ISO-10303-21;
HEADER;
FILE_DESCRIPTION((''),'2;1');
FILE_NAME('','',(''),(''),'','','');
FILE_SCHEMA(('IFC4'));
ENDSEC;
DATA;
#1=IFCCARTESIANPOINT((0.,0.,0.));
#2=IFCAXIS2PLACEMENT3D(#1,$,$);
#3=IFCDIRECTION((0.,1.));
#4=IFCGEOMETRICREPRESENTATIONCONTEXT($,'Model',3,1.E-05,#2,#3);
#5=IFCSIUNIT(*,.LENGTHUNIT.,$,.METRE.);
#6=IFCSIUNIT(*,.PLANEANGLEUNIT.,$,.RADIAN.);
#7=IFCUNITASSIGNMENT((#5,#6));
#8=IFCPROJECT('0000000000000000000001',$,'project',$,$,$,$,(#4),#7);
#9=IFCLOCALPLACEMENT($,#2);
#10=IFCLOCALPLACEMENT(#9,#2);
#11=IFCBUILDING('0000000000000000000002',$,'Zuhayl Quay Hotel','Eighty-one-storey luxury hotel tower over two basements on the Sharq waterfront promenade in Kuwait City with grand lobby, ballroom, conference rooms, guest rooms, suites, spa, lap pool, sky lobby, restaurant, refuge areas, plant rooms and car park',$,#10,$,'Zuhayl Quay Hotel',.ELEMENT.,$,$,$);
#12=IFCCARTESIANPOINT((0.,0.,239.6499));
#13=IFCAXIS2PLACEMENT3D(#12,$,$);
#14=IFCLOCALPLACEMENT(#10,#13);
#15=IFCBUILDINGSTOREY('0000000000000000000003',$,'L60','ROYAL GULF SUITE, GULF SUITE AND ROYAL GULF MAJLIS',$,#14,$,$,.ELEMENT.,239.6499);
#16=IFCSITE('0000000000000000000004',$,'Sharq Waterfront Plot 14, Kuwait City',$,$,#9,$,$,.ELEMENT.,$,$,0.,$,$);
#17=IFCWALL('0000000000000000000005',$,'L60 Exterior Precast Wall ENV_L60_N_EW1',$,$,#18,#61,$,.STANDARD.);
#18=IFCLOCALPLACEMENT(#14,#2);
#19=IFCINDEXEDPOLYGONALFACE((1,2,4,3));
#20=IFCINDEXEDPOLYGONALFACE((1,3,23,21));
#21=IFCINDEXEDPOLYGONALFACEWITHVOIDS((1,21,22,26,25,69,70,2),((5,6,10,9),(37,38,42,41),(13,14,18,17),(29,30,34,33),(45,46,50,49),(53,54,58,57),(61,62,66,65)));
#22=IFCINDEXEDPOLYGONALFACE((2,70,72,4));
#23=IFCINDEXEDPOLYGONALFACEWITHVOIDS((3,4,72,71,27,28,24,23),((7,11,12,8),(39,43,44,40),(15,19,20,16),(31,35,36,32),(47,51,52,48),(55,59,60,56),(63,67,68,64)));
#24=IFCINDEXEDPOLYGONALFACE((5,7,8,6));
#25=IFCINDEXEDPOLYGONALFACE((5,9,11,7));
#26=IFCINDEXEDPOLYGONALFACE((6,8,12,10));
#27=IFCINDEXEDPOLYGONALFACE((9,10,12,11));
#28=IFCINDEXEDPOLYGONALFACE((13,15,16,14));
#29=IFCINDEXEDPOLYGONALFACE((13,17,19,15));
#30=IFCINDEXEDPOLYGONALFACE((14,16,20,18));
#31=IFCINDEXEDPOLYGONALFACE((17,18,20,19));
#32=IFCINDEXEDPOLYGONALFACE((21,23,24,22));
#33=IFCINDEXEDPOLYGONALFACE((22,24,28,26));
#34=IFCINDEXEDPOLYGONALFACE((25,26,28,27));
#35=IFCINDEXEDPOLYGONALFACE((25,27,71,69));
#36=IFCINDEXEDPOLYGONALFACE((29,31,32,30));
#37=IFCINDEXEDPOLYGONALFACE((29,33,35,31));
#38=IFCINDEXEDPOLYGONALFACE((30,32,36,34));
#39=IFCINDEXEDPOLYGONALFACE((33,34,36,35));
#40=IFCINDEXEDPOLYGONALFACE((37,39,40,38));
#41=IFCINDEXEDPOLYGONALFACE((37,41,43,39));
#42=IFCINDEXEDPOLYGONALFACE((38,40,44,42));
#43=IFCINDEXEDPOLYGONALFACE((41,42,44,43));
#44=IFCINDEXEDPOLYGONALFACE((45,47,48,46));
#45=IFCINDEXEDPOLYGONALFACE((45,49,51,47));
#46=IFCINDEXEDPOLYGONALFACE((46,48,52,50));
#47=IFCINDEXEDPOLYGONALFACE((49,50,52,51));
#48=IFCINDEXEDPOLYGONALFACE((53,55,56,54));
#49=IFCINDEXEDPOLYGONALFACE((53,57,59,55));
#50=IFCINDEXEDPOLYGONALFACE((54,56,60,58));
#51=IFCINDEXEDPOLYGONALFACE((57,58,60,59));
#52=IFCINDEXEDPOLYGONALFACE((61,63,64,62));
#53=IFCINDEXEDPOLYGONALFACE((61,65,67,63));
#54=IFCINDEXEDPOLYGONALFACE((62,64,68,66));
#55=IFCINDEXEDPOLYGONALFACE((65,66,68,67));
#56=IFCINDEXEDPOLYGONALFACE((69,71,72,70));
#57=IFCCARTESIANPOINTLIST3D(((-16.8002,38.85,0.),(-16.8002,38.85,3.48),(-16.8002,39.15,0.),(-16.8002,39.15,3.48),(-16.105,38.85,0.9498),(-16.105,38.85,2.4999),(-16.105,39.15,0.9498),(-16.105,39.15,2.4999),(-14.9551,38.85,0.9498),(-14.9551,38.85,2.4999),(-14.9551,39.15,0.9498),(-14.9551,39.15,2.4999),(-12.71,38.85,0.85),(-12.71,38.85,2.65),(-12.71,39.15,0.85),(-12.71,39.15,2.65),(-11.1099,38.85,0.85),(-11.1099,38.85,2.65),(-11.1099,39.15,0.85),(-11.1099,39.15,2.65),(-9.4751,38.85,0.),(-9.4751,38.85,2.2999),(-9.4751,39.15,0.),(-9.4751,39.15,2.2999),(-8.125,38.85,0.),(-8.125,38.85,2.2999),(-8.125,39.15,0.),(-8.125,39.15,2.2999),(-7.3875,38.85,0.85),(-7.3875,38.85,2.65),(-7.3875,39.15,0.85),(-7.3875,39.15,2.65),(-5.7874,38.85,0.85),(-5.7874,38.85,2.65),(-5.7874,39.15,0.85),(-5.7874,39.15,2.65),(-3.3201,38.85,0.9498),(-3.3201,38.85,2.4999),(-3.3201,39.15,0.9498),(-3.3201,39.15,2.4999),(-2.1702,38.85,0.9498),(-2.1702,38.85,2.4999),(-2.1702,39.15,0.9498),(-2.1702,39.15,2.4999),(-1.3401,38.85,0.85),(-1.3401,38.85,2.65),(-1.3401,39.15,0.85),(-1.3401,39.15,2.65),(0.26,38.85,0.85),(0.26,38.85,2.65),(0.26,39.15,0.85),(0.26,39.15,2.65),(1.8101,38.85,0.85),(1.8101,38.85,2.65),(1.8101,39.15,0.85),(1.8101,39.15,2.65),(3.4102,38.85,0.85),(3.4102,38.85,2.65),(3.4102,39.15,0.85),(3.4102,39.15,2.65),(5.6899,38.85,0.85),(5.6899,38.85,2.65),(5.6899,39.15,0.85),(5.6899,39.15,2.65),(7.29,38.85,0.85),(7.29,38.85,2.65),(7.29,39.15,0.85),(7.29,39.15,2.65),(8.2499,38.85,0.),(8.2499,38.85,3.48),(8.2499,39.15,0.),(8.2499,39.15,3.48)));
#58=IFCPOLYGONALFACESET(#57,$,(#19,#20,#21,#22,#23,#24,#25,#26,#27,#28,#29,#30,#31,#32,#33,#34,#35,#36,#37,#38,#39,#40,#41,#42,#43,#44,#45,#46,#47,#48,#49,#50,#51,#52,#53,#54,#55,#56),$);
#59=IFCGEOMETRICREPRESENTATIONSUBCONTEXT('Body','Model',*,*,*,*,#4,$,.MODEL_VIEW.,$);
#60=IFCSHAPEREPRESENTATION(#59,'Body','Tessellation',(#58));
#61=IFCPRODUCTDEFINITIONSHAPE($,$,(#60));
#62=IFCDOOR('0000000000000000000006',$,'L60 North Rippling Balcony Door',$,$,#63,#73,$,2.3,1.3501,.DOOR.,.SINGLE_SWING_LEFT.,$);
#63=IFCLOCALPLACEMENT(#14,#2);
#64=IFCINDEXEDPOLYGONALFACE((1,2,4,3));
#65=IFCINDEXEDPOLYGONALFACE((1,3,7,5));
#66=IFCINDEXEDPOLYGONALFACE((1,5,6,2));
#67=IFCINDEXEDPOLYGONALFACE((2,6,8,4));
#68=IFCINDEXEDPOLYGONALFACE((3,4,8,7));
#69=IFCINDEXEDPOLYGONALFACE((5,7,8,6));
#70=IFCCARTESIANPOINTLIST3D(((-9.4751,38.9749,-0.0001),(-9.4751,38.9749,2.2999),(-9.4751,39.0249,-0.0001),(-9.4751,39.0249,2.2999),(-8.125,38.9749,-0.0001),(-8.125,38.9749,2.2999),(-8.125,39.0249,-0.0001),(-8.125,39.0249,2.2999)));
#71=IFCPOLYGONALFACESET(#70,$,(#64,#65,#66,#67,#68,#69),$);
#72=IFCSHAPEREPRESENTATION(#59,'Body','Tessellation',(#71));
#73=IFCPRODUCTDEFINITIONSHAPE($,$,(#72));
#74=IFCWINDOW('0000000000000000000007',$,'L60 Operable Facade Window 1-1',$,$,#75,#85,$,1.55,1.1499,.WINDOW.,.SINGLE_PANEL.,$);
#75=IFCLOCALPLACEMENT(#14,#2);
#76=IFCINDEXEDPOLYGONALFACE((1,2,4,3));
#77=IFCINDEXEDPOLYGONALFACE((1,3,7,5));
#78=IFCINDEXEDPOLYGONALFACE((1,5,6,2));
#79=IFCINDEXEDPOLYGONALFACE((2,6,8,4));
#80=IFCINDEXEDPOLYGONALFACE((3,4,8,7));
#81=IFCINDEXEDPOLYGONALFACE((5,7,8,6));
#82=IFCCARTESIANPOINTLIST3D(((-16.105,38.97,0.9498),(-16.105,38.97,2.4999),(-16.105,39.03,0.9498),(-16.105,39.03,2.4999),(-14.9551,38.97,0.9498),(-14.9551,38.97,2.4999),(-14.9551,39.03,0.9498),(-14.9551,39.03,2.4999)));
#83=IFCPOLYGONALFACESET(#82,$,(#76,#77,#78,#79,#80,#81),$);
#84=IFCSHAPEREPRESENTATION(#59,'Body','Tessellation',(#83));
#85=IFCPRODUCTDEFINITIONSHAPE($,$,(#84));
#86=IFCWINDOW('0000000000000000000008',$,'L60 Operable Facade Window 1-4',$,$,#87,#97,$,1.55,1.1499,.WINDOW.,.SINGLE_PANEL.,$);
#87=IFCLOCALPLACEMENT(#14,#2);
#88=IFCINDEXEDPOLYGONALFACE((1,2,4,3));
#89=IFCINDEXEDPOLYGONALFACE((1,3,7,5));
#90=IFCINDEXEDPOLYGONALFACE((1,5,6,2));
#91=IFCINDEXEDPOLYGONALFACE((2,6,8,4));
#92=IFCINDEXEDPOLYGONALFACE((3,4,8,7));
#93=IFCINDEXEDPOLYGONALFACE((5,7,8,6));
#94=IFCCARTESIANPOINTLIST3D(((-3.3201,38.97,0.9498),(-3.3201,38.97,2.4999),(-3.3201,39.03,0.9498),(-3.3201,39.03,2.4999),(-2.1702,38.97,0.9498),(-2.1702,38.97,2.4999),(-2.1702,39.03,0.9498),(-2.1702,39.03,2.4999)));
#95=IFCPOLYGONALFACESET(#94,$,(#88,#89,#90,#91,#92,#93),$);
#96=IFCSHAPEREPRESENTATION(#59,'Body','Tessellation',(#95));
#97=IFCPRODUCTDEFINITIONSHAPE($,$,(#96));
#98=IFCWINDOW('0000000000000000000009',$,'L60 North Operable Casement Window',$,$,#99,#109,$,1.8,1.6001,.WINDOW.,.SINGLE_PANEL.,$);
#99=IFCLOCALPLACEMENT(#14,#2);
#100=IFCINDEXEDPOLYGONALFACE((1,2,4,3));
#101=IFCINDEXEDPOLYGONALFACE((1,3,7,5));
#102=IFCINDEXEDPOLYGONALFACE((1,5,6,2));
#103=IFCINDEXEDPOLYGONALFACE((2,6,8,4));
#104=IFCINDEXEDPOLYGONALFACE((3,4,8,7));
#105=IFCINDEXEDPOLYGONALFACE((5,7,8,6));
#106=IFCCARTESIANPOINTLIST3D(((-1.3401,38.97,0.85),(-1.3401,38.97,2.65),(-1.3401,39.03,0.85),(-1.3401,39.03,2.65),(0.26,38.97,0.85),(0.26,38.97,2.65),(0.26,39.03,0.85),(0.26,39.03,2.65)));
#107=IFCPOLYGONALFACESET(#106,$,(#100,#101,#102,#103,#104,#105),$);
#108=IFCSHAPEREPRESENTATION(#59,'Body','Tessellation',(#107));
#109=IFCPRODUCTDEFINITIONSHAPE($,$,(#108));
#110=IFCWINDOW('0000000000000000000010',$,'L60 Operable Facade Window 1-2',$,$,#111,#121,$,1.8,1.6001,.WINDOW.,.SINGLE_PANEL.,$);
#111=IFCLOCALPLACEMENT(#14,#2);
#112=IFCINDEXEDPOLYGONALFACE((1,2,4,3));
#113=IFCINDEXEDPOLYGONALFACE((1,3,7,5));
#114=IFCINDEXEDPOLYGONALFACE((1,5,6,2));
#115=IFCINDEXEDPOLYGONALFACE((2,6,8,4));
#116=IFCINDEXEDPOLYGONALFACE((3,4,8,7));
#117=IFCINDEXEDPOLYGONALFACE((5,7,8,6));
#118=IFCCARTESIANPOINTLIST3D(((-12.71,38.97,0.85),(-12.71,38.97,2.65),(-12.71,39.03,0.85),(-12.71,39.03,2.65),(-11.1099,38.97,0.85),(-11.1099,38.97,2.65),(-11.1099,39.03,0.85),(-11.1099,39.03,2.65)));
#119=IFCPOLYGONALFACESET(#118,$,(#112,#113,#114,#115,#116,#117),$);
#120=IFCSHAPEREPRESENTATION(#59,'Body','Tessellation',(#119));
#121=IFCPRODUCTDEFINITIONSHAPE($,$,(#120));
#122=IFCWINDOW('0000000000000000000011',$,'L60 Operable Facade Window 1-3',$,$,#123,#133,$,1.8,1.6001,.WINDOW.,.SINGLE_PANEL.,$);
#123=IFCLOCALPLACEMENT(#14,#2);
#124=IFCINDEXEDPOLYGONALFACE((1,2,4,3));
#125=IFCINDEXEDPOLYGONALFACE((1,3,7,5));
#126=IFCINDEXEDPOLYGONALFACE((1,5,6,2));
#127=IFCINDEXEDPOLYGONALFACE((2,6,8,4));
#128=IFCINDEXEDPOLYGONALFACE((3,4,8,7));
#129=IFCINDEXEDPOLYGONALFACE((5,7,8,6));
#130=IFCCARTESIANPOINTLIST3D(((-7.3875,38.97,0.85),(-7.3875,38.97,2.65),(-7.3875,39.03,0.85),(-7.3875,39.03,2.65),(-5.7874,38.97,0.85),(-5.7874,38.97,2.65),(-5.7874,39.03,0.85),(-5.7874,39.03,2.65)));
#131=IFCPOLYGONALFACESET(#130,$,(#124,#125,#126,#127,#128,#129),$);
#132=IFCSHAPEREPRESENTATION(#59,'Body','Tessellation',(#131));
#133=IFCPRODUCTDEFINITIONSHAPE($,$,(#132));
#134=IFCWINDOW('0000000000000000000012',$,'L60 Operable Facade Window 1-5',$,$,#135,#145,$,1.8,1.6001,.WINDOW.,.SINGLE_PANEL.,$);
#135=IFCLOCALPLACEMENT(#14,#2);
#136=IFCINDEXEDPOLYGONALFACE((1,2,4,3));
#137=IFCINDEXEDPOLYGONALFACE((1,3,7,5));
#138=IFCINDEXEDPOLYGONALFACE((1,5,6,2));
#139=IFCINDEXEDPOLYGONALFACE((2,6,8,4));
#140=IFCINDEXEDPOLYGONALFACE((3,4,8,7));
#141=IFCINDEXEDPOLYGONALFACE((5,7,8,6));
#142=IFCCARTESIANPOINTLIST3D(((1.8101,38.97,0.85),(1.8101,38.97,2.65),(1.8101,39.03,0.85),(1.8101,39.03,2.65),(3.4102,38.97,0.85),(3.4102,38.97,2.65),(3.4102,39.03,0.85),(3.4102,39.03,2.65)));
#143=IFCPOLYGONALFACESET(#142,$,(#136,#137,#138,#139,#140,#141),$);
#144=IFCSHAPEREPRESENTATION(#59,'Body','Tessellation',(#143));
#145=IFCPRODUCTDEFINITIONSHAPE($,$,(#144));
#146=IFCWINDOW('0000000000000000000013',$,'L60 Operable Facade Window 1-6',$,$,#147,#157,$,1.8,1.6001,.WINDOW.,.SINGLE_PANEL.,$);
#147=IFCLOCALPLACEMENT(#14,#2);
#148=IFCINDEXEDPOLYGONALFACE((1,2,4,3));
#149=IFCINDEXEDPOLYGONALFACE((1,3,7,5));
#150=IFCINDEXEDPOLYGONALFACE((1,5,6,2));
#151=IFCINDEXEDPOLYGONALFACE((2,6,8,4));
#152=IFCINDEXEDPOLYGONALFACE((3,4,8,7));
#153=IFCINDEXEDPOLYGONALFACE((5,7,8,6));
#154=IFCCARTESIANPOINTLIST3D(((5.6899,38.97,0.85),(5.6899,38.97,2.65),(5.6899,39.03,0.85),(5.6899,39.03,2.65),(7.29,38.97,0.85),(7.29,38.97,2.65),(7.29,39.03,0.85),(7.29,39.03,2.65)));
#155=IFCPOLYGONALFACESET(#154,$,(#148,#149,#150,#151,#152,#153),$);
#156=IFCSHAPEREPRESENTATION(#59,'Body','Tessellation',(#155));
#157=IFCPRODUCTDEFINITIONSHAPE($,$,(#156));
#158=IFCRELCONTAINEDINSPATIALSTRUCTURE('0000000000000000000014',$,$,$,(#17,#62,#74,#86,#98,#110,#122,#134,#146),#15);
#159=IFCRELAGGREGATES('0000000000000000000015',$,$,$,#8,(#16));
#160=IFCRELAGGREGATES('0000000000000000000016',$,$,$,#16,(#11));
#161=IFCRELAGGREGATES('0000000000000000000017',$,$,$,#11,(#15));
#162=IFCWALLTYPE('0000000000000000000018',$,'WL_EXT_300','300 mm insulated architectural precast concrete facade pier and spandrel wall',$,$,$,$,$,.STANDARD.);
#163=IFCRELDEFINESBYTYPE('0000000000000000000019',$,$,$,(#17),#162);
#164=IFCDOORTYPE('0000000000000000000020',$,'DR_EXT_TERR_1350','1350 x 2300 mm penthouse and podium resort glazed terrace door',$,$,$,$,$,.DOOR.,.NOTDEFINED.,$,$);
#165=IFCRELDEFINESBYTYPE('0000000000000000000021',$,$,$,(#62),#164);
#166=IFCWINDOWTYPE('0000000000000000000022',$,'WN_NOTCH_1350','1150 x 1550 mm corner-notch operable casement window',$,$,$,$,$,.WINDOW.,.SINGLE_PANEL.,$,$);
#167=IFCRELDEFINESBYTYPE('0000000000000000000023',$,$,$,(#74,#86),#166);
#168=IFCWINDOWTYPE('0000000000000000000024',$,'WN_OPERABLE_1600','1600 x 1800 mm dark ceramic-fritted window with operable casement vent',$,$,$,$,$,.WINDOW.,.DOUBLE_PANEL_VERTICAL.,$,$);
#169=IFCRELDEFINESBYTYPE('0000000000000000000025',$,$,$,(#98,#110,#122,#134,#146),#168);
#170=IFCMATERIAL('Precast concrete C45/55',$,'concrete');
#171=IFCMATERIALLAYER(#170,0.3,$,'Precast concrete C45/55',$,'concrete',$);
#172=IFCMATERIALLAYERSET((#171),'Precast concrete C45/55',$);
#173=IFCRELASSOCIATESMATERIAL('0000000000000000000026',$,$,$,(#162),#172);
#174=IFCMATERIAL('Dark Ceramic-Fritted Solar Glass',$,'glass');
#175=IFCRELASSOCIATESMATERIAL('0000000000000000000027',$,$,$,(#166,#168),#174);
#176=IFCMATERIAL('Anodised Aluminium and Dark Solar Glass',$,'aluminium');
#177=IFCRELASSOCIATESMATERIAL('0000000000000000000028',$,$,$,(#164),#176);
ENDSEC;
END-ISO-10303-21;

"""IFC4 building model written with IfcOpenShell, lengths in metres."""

from ifc_helpers import new_model, si_unit, direction, frame, frame_2d, origin, place, context, subcontext, project, spatial, rectangle, extrude, material, layer, layer_set, type_object, element, fill, save


model = new_model("IFC4")

# Units and contexts
model_context = context("Model", 3, precision=1e-05, world=origin(), true_north=direction((0.0, 1.0)))
body_context = subcontext(model_context, "Body", "Model", "MODEL_VIEW")
ifc_project = project(units=[si_unit("LENGTHUNIT", "METRE"), si_unit("PLANEANGLEUNIT", "RADIAN")], contexts=[model_context])

# Site, building, storey
site_placement = place(None, origin())
site = spatial("IfcSite", under=ifc_project, at=site_placement, Name="Sharq Waterfront Plot 14, Kuwait City", CompositionType="ELEMENT", RefElevation=0.0)
building_placement = place(site_placement, origin())
building = spatial("IfcBuilding", under=site, at=building_placement, Name="Zuhayl Quay Hotel", Description="Eighty-one-storey luxury hotel tower over two basements on the Sharq waterfront promenade in Kuwait City with grand lobby, ballroom, conference rooms, guest rooms, suites, spa, lap pool, sky lobby, restaurant, refuge areas, plant rooms and car park", LongName="Zuhayl Quay Hotel", CompositionType="ELEMENT")
storey_placement = place(building_placement, frame((0.0, 0.0, 239.6499)))
storey = spatial("IfcBuildingStorey", under=building, at=storey_placement, Name="L60", Description="ROYAL GULF SUITE, GULF SUITE AND ROYAL GULF MAJLIS", CompositionType="ELEMENT", Elevation=239.6499)

# Shared definitions
ifc_material_1 = material(Name="Precast concrete C45/55", Category="concrete")
ifc_layer_1 = layer(ifc_material_1, 0.3, Name="Precast concrete C45/55", Category="concrete")
ifc_layer_set_1 = layer_set([ifc_layer_1], Name="Precast concrete C45/55")
wall_type_1 = type_object("IfcWallType", Name="WL_EXT_300", Description="300 mm insulated architectural precast concrete facade pier and spandrel wall", PredefinedType="STANDARD", material=ifc_layer_set_1)
ifc_material_2 = material(Name="Dark Ceramic-Fritted Solar Glass", Category="glass")
window_type_1 = type_object("IfcWindowType", Name="WN_NOTCH_1350", Description="1150 x 1550 mm corner-notch operable casement window", PartitioningType="SINGLE_PANEL", PredefinedType="WINDOW", material=ifc_material_2)

# Wall, openings, door, windows
wall_1_placement = place(storey_placement, frame((-16.8, 39.0, 0.0), z_axis=(0.0, 0.0, 1.0), x_axis=(1.0, 0.0, 0.0)))
wall_1 = element("IfcWall", 1, at=wall_1_placement, inside=storey, type_object=wall_type_1, Name="L60 Exterior Precast Wall ENV_L60_N_EW1", PredefinedType="STANDARD", context=body_context, shape_type="SweptSolid", body=[
    extrude(rectangle(XDim=25.05, YDim=0.3, at=frame_2d((12.5249, 0.0))), origin(), (0.0, 0.0, 1.0), 3.48),
])
opening_1_placement = place(wall_1_placement, frame((7.325, 0.0, 0.0)))
opening_1 = element("IfcOpeningElement", 2, at=opening_1_placement, cuts=wall_1, PredefinedType="OPENING", context=body_context, shape_type="SweptSolid", body=[
    extrude(rectangle(XDim=1.3501, YDim=2.3, at=frame_2d((0.675, 1.1499))), frame((0.0, 0.1599, 0.0), z_axis=(0.0, -1.0, 0.0), x_axis=(1.0, 0.0, 0.0)), (0.0, 0.0, 1.0), 0.3201),
])
opening_2_placement = place(wall_1_placement, frame((15.46, 0.0, 0.8501)))
opening_2 = element("IfcOpeningElement", 3, at=opening_2_placement, cuts=wall_1, PredefinedType="OPENING", context=body_context, shape_type="SweptSolid", body=[
    extrude(rectangle(XDim=1.6001, YDim=1.8, at=frame_2d((0.8, 0.8999))), frame((0.0, 0.1599, 0.0), z_axis=(0.0, -1.0, 0.0), x_axis=(1.0, 0.0, 0.0)), (0.0, 0.0, 1.0), 0.3201),
])
opening_3_placement = place(wall_1_placement, frame((0.6951, 0.0, 0.95)))
opening_3 = element("IfcOpeningElement", 4, at=opening_3_placement, cuts=wall_1, PredefinedType="OPENING", context=body_context, shape_type="SweptSolid", body=[
    extrude(rectangle(XDim=1.1499, YDim=1.55, at=frame_2d((0.575, 0.7749))), frame((0.0, 0.1599, 0.0), z_axis=(0.0, -1.0, 0.0), x_axis=(1.0, 0.0, 0.0)), (0.0, 0.0, 1.0), 0.3201),
])
opening_4_placement = place(wall_1_placement, frame((4.0901, 0.0, 0.8501)))
opening_4 = element("IfcOpeningElement", 5, at=opening_4_placement, cuts=wall_1, PredefinedType="OPENING", context=body_context, shape_type="SweptSolid", body=[
    extrude(rectangle(XDim=1.6001, YDim=1.8, at=frame_2d((0.8, 0.8999))), frame((0.0, 0.1599, 0.0), z_axis=(0.0, -1.0, 0.0), x_axis=(1.0, 0.0, 0.0)), (0.0, 0.0, 1.0), 0.3201),
])
opening_5_placement = place(wall_1_placement, frame((9.4126, 0.0, 0.8501)))
opening_5 = element("IfcOpeningElement", 6, at=opening_5_placement, cuts=wall_1, PredefinedType="OPENING", context=body_context, shape_type="SweptSolid", body=[
    extrude(rectangle(XDim=1.6001, YDim=1.8, at=frame_2d((0.8, 0.8999))), frame((0.0, 0.1599, 0.0), z_axis=(0.0, -1.0, 0.0), x_axis=(1.0, 0.0, 0.0)), (0.0, 0.0, 1.0), 0.3201),
])
opening_6_placement = place(wall_1_placement, frame((13.48, 0.0, 0.95)))
opening_6 = element("IfcOpeningElement", 7, at=opening_6_placement, cuts=wall_1, PredefinedType="OPENING", context=body_context, shape_type="SweptSolid", body=[
    extrude(rectangle(XDim=1.1499, YDim=1.55, at=frame_2d((0.575, 0.7749))), frame((0.0, 0.1599, 0.0), z_axis=(0.0, -1.0, 0.0), x_axis=(1.0, 0.0, 0.0)), (0.0, 0.0, 1.0), 0.3201),
])
opening_7_placement = place(wall_1_placement, frame((18.6101, 0.0, 0.8501)))
opening_7 = element("IfcOpeningElement", 8, at=opening_7_placement, cuts=wall_1, PredefinedType="OPENING", context=body_context, shape_type="SweptSolid", body=[
    extrude(rectangle(XDim=1.6001, YDim=1.8, at=frame_2d((0.8, 0.8999))), frame((0.0, 0.1599, 0.0), z_axis=(0.0, -1.0, 0.0), x_axis=(1.0, 0.0, 0.0)), (0.0, 0.0, 1.0), 0.3201),
])
opening_8_placement = place(wall_1_placement, frame((22.49, 0.0, 0.8501)))
opening_8 = element("IfcOpeningElement", 9, at=opening_8_placement, cuts=wall_1, PredefinedType="OPENING", context=body_context, shape_type="SweptSolid", body=[
    extrude(rectangle(XDim=1.6001, YDim=1.8, at=frame_2d((0.8, 0.8999))), frame((0.0, 0.1599, 0.0), z_axis=(0.0, -1.0, 0.0), x_axis=(1.0, 0.0, 0.0)), (0.0, 0.0, 1.0), 0.3201),
])
ifc_material_3 = material(Name="Anodised Aluminium and Dark Solar Glass", Category="aluminium")
door_type = type_object("IfcDoorType", Name="DR_EXT_TERR_1350", Description="1350 x 2300 mm penthouse and podium resort glazed terrace door", OperationType="NOTDEFINED", PredefinedType="DOOR", material=ifc_material_3)
door_placement = place(opening_1_placement, origin())
door = element("IfcDoor", 10, at=door_placement, inside=storey, type_object=door_type, Name="L60 North Rippling Balcony Door", OperationType="SINGLE_SWING_LEFT", OverallHeight=2.3, OverallWidth=1.3501, PredefinedType="DOOR", context=body_context, shape_type="SweptSolid", body=[
    extrude(rectangle(XDim=1.3501, YDim=2.3, at=frame_2d((0.675, 1.1499))), frame((0.0, 0.0249, 0.0), z_axis=(0.0, -1.0, 0.0), x_axis=(1.0, 0.0, 0.0)), (0.0, 0.0, 1.0), 0.05),
])
fill(opening_1, door)
window_1_placement = place(opening_3_placement, origin())
window_1 = element("IfcWindow", 11, at=window_1_placement, inside=storey, type_object=window_type_1, Name="L60 Operable Facade Window 1-1", OverallHeight=1.55, OverallWidth=1.1499, PartitioningType="SINGLE_PANEL", PredefinedType="WINDOW", context=body_context, shape_type="SweptSolid", body=[
    extrude(rectangle(XDim=1.1499, YDim=1.55, at=frame_2d((0.575, 0.7749))), frame((0.0, 0.03, 0.0), z_axis=(0.0, -1.0, 0.0), x_axis=(1.0, 0.0, 0.0)), (0.0, 0.0, 1.0), 0.0601),
])
fill(opening_3, window_1)
window_2_placement = place(opening_6_placement, origin())
window_2 = element("IfcWindow", 12, at=window_2_placement, inside=storey, type_object=window_type_1, Name="L60 Operable Facade Window 1-4", OverallHeight=1.55, OverallWidth=1.1499, PartitioningType="SINGLE_PANEL", PredefinedType="WINDOW", context=body_context, shape_type="SweptSolid", body=[
    extrude(rectangle(XDim=1.1499, YDim=1.55, at=frame_2d((0.575, 0.7749))), frame((0.0, 0.03, 0.0), z_axis=(0.0, -1.0, 0.0), x_axis=(1.0, 0.0, 0.0)), (0.0, 0.0, 1.0), 0.0601),
])
fill(opening_6, window_2)
window_type_2 = type_object("IfcWindowType", Name="WN_OPERABLE_1600", Description="1600 x 1800 mm dark ceramic-fritted window with operable casement vent", PartitioningType="DOUBLE_PANEL_VERTICAL", PredefinedType="WINDOW", material=ifc_material_2)
window_3_placement = place(opening_2_placement, origin())
window_3 = element("IfcWindow", 13, at=window_3_placement, inside=storey, type_object=window_type_2, Name="L60 North Operable Casement Window", OverallHeight=1.8, OverallWidth=1.6001, PartitioningType="SINGLE_PANEL", PredefinedType="WINDOW", context=body_context, shape_type="SweptSolid", body=[
    extrude(rectangle(XDim=1.6001, YDim=1.8, at=frame_2d((0.8, 0.8999))), frame((0.0, 0.03, 0.0), z_axis=(0.0, -1.0, 0.0), x_axis=(1.0, 0.0, 0.0)), (0.0, 0.0, 1.0), 0.0601),
])
fill(opening_2, window_3)
window_4_placement = place(opening_4_placement, origin())
window_4 = element("IfcWindow", 14, at=window_4_placement, inside=storey, type_object=window_type_2, Name="L60 Operable Facade Window 1-2", OverallHeight=1.8, OverallWidth=1.6001, PartitioningType="SINGLE_PANEL", PredefinedType="WINDOW", context=body_context, shape_type="SweptSolid", body=[
    extrude(rectangle(XDim=1.6001, YDim=1.8, at=frame_2d((0.8, 0.8999))), frame((0.0, 0.03, 0.0), z_axis=(0.0, -1.0, 0.0), x_axis=(1.0, 0.0, 0.0)), (0.0, 0.0, 1.0), 0.0601),
])
fill(opening_4, window_4)
window_5_placement = place(opening_5_placement, origin())
window_5 = element("IfcWindow", 15, at=window_5_placement, inside=storey, type_object=window_type_2, Name="L60 Operable Facade Window 1-3", OverallHeight=1.8, OverallWidth=1.6001, PartitioningType="SINGLE_PANEL", PredefinedType="WINDOW", context=body_context, shape_type="SweptSolid", body=[
    extrude(rectangle(XDim=1.6001, YDim=1.8, at=frame_2d((0.8, 0.8999))), frame((0.0, 0.03, 0.0), z_axis=(0.0, -1.0, 0.0), x_axis=(1.0, 0.0, 0.0)), (0.0, 0.0, 1.0), 0.0601),
])
fill(opening_5, window_5)
window_6_placement = place(opening_7_placement, origin())
window_6 = element("IfcWindow", 16, at=window_6_placement, inside=storey, type_object=window_type_2, Name="L60 Operable Facade Window 1-5", OverallHeight=1.8, OverallWidth=1.6001, PartitioningType="SINGLE_PANEL", PredefinedType="WINDOW", context=body_context, shape_type="SweptSolid", body=[
    extrude(rectangle(XDim=1.6001, YDim=1.8, at=frame_2d((0.8, 0.8999))), frame((0.0, 0.03, 0.0), z_axis=(0.0, -1.0, 0.0), x_axis=(1.0, 0.0, 0.0)), (0.0, 0.0, 1.0), 0.0601),
])
fill(opening_7, window_6)
window_7_placement = place(opening_8_placement, origin())
window_7 = element("IfcWindow", 17, at=window_7_placement, inside=storey, type_object=window_type_2, Name="L60 Operable Facade Window 1-6", OverallHeight=1.8, OverallWidth=1.6001, PartitioningType="SINGLE_PANEL", PredefinedType="WINDOW", context=body_context, shape_type="SweptSolid", body=[
    extrude(rectangle(XDim=1.6001, YDim=1.8, at=frame_2d((0.8, 0.8999))), frame((0.0, 0.03, 0.0), z_axis=(0.0, -1.0, 0.0), x_axis=(1.0, 0.0, 0.0)), (0.0, 0.0, 1.0), 0.0601),
])
fill(opening_8, window_7)

save(model, "model.ifc")
